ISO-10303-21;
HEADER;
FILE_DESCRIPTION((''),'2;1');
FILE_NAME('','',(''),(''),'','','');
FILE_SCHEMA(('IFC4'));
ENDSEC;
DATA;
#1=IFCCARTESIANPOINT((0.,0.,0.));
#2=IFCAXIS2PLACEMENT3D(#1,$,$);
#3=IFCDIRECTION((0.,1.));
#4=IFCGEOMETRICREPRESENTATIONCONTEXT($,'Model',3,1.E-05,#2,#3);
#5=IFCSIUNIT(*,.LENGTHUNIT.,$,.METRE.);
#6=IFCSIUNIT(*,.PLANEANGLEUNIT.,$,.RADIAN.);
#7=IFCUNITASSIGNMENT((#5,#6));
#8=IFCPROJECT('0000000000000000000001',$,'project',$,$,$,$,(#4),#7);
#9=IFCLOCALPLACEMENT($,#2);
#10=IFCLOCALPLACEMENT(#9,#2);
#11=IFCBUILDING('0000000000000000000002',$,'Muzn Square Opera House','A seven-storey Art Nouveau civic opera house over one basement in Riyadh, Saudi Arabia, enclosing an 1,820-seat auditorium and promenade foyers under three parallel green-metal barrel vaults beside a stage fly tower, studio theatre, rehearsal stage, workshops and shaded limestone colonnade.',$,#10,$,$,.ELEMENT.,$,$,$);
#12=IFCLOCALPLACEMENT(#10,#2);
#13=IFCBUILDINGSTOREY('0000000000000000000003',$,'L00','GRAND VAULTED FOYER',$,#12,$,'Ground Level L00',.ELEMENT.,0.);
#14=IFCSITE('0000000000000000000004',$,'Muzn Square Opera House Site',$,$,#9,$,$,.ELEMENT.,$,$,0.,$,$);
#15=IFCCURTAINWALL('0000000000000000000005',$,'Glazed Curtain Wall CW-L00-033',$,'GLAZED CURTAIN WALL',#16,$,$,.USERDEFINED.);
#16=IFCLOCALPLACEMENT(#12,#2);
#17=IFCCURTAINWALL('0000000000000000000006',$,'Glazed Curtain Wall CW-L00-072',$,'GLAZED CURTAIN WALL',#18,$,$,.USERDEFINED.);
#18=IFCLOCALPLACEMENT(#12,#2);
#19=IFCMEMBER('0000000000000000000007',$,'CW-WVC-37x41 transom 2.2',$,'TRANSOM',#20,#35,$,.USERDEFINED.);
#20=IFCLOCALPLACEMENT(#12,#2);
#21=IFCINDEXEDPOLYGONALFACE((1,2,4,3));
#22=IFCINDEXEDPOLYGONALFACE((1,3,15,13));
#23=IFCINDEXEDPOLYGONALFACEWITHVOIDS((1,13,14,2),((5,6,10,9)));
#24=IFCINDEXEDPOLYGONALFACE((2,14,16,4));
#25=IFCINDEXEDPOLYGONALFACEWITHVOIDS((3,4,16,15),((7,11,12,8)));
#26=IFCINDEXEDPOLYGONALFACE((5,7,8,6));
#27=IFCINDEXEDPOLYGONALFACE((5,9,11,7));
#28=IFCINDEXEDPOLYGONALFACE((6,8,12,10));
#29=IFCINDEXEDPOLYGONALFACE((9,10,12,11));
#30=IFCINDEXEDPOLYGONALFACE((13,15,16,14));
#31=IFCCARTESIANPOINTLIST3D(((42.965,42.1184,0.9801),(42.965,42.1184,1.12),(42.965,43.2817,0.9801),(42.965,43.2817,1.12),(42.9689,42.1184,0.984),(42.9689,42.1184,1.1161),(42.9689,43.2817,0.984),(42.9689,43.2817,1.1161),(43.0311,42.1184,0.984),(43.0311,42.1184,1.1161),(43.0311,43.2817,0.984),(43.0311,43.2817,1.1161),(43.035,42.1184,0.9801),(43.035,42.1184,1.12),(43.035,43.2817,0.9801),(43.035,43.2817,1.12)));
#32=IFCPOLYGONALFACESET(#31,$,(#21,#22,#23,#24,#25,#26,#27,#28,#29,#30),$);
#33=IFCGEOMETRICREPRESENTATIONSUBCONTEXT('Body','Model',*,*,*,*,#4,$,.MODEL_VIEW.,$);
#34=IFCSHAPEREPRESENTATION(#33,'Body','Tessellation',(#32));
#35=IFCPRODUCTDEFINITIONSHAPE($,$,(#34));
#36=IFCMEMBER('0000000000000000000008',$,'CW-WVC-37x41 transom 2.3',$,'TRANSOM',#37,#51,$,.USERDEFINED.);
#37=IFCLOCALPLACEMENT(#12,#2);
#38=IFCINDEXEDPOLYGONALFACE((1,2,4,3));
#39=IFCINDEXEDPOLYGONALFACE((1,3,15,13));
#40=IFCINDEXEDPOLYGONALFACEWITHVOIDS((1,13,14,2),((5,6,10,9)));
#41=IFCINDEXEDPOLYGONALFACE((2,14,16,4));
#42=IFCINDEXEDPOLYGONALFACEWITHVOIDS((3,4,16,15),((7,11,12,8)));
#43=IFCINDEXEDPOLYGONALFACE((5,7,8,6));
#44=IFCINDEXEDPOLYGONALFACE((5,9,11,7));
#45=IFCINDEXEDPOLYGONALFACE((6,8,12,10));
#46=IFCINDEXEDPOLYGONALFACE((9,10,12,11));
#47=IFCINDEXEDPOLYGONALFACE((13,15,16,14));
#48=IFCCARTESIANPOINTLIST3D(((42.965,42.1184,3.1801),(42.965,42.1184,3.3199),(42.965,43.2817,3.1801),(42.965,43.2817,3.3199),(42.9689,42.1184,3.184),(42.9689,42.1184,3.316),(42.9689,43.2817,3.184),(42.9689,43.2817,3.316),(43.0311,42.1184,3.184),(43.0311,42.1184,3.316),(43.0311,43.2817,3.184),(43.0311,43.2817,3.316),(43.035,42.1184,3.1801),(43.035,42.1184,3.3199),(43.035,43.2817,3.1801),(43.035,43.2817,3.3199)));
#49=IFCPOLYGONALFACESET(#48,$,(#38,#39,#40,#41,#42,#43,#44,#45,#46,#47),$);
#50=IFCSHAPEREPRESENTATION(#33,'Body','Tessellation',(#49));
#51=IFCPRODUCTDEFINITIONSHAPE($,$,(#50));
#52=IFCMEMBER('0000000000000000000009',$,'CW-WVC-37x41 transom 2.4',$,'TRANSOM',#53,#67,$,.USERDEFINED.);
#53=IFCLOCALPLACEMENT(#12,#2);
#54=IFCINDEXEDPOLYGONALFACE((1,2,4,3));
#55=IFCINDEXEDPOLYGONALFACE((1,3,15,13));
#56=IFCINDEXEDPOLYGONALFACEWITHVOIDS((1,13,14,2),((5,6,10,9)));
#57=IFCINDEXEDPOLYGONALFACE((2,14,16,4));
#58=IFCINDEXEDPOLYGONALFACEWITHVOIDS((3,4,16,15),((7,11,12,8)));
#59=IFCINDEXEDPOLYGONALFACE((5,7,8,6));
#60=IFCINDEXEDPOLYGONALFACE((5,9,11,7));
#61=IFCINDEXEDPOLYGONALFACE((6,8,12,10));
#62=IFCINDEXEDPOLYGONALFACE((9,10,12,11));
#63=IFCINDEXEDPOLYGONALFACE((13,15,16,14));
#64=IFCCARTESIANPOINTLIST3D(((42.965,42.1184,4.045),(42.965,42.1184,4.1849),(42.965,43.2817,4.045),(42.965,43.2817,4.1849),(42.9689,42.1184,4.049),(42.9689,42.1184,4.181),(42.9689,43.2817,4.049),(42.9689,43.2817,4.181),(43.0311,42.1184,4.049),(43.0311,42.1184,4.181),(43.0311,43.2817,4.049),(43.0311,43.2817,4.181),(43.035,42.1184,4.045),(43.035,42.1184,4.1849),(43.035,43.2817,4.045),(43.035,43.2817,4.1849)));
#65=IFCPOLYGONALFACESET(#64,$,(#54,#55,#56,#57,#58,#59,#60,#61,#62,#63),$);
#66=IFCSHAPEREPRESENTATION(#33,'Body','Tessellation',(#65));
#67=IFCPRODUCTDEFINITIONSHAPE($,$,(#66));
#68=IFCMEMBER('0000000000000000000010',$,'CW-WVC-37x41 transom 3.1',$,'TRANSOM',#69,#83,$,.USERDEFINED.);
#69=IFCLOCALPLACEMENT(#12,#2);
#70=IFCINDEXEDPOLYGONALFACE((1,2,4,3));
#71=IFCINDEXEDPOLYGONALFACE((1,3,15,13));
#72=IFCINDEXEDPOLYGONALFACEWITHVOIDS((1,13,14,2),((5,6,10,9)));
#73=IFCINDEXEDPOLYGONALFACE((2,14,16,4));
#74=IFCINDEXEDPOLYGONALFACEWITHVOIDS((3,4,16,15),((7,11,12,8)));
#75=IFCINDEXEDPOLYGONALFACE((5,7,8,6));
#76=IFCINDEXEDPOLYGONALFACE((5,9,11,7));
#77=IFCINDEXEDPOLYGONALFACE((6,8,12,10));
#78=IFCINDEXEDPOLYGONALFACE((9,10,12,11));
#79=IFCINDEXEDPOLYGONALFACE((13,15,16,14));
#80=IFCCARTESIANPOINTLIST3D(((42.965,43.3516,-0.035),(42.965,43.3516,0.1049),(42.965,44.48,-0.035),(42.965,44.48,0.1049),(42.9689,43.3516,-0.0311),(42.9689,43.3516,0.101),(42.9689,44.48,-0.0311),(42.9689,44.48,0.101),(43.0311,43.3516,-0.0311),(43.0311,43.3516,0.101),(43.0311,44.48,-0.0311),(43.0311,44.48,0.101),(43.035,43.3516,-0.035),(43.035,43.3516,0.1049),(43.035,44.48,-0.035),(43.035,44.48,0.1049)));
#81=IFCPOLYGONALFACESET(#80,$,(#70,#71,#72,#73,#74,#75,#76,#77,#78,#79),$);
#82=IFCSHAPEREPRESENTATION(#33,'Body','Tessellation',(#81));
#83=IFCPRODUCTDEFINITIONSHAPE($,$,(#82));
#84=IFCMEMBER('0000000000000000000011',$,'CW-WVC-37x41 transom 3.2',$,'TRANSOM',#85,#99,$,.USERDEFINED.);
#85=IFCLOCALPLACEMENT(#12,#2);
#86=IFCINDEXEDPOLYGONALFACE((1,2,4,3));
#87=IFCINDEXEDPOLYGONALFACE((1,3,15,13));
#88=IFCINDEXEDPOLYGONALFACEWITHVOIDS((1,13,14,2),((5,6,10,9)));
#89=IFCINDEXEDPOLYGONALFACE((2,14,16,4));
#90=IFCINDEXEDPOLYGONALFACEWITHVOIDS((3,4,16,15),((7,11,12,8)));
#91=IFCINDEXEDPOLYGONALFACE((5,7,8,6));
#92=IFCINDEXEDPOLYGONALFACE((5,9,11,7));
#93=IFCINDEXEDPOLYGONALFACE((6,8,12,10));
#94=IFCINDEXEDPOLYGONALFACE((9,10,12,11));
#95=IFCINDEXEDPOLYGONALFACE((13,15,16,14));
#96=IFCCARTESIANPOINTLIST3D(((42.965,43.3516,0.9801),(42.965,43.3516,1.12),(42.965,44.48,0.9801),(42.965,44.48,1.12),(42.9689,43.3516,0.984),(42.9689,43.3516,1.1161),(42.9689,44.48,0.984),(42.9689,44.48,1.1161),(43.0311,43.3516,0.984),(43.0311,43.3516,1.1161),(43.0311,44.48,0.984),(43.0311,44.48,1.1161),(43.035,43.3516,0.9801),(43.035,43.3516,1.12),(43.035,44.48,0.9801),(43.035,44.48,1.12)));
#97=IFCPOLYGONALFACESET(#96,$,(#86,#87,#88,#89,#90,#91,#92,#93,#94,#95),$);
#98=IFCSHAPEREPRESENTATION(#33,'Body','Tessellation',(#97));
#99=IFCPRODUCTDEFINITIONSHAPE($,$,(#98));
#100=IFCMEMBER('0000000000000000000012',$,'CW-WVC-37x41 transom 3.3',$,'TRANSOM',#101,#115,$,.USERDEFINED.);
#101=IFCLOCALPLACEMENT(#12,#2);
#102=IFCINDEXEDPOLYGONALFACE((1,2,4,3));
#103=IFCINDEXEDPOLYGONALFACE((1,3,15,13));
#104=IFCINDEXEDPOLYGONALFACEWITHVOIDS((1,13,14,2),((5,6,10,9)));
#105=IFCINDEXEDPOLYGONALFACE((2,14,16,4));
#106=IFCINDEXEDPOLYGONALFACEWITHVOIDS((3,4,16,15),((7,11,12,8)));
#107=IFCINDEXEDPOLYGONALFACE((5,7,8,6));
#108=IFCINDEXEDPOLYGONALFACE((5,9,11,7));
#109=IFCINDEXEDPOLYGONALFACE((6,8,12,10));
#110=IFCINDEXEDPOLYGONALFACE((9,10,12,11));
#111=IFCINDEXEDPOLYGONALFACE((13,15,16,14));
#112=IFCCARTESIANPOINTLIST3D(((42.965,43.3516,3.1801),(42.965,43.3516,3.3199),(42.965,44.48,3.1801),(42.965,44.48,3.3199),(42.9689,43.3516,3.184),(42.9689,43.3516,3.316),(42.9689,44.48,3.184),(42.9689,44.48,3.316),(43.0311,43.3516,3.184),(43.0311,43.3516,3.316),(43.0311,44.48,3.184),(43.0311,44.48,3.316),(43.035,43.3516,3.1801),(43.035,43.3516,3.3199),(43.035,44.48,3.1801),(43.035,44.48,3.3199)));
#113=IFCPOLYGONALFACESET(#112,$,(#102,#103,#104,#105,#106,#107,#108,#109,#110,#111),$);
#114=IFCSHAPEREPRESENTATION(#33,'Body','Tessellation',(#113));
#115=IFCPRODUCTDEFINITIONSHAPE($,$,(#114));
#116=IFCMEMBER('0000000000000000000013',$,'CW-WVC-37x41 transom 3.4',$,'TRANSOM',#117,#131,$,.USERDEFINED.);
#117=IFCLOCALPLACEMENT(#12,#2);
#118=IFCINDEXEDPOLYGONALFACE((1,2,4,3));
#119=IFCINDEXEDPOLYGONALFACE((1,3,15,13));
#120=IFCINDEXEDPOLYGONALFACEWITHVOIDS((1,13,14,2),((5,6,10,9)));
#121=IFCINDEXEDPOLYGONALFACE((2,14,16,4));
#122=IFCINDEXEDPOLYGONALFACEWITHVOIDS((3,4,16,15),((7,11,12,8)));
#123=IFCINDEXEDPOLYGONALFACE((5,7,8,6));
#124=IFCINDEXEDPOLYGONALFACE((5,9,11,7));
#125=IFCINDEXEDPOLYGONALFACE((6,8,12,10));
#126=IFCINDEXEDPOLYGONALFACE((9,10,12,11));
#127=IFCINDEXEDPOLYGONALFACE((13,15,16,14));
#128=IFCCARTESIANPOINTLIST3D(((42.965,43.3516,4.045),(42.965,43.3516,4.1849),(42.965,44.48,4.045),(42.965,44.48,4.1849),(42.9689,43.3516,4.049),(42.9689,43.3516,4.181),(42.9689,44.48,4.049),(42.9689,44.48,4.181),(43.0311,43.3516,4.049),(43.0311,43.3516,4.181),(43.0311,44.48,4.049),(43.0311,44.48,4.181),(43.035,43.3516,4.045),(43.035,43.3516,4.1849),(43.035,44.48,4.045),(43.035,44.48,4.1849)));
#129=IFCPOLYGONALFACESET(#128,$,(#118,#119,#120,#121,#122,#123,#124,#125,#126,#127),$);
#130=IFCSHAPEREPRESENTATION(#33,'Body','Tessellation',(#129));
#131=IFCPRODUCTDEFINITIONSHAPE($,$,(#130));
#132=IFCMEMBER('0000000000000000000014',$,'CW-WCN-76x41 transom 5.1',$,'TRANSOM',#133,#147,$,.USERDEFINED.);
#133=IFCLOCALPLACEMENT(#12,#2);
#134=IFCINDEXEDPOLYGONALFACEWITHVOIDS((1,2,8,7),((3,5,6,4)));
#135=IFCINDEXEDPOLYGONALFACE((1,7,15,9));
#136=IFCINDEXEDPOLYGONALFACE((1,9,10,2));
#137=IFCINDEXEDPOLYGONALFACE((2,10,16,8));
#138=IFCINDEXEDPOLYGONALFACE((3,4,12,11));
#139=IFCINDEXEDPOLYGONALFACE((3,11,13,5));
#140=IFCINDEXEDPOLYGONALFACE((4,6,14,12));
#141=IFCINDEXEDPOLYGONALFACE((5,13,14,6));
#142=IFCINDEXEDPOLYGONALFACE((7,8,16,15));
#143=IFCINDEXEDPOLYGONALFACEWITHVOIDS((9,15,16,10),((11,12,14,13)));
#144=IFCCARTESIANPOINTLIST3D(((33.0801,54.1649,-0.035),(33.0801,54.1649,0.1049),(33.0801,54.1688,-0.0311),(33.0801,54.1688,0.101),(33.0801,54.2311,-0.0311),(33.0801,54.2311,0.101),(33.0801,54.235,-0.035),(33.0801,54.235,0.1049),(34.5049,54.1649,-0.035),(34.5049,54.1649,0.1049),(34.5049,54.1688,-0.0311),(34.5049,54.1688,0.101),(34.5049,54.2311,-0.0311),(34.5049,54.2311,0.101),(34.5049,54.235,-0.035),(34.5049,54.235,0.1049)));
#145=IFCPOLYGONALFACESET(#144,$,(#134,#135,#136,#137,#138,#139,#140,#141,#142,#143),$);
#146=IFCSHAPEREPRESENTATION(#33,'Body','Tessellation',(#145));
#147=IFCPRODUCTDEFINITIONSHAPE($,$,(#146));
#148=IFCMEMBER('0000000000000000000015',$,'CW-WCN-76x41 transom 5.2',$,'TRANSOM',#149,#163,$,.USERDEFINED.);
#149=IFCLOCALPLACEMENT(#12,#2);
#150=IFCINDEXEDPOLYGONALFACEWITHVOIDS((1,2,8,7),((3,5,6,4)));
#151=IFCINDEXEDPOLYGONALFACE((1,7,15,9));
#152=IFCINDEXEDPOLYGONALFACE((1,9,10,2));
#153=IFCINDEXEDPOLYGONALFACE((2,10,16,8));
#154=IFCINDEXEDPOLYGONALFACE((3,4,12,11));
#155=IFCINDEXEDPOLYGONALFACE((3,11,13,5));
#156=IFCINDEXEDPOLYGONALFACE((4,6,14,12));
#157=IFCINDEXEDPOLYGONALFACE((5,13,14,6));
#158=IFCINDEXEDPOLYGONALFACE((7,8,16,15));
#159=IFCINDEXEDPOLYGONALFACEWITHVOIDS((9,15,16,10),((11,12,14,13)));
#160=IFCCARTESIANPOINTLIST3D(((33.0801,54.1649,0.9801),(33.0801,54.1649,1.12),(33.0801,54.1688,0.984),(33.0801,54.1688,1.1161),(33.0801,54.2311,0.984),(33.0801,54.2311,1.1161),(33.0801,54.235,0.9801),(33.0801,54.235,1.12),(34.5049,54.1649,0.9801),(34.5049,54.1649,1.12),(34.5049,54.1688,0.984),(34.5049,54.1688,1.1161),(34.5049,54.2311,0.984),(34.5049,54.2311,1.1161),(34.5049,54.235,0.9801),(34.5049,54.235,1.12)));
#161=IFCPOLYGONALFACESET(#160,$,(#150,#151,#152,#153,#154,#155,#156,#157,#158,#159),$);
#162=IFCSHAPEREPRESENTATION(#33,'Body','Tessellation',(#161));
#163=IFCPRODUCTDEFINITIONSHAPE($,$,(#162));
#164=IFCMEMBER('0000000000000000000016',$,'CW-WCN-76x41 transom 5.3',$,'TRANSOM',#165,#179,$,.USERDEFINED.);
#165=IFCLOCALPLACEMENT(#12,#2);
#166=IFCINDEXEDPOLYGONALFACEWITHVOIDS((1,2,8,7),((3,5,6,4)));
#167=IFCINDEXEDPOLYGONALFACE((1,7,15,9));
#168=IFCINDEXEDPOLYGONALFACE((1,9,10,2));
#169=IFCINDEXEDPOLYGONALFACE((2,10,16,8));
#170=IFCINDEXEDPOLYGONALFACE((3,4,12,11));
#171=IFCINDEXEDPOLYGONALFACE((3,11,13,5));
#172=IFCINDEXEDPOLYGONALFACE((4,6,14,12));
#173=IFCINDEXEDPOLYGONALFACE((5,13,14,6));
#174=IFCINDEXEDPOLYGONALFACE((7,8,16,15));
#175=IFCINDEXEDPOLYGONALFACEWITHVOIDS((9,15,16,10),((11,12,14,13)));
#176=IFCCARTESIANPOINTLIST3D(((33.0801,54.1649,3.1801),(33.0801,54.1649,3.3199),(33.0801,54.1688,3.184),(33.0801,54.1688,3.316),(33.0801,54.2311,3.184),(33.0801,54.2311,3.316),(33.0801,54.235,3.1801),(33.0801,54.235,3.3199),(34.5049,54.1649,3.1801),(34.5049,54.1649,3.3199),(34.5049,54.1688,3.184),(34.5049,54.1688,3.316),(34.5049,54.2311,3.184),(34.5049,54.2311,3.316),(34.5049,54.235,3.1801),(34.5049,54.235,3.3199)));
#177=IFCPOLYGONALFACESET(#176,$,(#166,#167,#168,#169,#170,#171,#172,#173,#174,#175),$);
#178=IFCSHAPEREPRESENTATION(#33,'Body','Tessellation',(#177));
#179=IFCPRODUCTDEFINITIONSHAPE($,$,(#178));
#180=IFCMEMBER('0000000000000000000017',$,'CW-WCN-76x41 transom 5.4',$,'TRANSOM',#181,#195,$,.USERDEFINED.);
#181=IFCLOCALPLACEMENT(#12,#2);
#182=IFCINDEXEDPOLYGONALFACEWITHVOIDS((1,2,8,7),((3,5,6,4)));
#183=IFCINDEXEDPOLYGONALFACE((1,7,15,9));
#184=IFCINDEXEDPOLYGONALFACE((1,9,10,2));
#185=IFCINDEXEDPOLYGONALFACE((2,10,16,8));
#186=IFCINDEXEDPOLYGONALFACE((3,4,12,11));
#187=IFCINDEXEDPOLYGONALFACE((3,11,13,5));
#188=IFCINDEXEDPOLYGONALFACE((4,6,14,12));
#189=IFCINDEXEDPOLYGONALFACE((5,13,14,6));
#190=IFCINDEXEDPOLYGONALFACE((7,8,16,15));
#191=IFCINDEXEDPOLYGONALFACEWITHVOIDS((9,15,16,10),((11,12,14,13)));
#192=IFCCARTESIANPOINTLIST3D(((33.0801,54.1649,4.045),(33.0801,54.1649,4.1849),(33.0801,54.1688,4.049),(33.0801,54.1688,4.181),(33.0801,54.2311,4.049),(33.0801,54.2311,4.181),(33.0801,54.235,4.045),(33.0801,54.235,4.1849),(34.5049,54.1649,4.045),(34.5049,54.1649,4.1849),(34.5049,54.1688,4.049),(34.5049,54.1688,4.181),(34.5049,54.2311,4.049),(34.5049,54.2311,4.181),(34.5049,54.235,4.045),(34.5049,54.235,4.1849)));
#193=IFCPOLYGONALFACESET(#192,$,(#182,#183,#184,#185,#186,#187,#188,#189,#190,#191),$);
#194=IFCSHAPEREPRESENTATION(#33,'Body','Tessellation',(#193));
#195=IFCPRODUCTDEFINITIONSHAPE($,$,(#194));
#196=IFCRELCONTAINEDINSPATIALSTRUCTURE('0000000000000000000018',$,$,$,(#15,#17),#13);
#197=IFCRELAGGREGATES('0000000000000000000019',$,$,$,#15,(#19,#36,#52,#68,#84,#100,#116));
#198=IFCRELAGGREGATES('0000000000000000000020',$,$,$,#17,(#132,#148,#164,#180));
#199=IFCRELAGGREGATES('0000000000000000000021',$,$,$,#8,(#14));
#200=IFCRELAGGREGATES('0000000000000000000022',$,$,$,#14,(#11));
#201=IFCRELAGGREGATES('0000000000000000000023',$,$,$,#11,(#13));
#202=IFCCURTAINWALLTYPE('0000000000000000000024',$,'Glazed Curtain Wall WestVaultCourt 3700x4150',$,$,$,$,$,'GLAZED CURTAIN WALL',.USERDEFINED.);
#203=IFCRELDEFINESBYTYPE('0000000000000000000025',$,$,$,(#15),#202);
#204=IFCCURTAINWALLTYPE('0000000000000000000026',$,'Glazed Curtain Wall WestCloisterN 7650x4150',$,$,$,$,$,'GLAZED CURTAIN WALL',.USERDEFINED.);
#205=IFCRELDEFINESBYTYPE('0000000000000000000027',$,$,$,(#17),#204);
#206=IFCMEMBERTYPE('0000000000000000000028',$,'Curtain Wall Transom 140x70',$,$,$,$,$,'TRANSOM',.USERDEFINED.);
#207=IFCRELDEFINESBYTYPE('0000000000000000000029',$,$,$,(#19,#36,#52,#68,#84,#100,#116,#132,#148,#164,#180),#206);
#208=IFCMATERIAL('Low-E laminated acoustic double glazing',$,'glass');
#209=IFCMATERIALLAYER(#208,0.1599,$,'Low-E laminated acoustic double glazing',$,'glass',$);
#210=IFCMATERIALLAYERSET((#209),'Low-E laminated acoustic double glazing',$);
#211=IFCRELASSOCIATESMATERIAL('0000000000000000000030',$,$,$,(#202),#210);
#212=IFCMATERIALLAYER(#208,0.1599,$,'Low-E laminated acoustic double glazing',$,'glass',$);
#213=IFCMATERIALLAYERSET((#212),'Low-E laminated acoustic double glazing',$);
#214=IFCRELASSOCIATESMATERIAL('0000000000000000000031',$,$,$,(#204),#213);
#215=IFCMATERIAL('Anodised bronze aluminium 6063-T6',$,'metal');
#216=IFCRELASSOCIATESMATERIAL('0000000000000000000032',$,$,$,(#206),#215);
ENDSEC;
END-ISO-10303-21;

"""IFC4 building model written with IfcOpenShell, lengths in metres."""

from ifc_helpers import new_model, si_unit, direction, frame, origin, origin_2d, place, context, subcontext, project, spatial, hollow_rectangle, extrude, material, layer, layer_set, material_profile, profile_set, type_object, element, aggregate, save


model = new_model("IFC4")

# Units and contexts
model_context = context("Model", 3, precision=1e-05, world=origin(), true_north=direction((0.0, 1.0)))
body_context = subcontext(model_context, "Body", "Model", "MODEL_VIEW")
ifc_project = project(units=[si_unit("LENGTHUNIT", "METRE"), si_unit("PLANEANGLEUNIT", "RADIAN")], contexts=[model_context])

# Site, building, storey
site_placement = place(None, origin())
site = spatial("IfcSite", under=ifc_project, at=site_placement, Name="Muzn Square Opera House Site", CompositionType="ELEMENT", RefElevation=0.0)
building_placement = place(site_placement, origin())
building = spatial("IfcBuilding", under=site, at=building_placement, Name="Muzn Square Opera House", Description="A seven-storey Art Nouveau civic opera house over one basement in Riyadh, Saudi Arabia, enclosing an 1,820-seat auditorium and promenade foyers under three parallel green-metal barrel vaults beside a stage fly tower, studio theatre, rehearsal stage, workshops and shaded limestone colonnade.", CompositionType="ELEMENT")
storey_placement = place(building_placement, origin())
storey = spatial("IfcBuildingStorey", under=building, at=storey_placement, Name="L00", Description="GRAND VAULTED FOYER", LongName="Ground Level L00", CompositionType="ELEMENT", Elevation=0.0)

# Curtain walls
ifc_material_1 = material(Name="Low-E laminated acoustic double glazing", Category="glass")
ifc_layer_1 = layer(ifc_material_1, 0.1599, Name="Low-E laminated acoustic double glazing", Category="glass")
ifc_layer_set_1 = layer_set([ifc_layer_1], Name="Low-E laminated acoustic double glazing")
curtain_wall_type_1 = type_object("IfcCurtainWallType", Name="Glazed Curtain Wall WestVaultCourt 3700x4150", ElementType="GLAZED CURTAIN WALL", PredefinedType="USERDEFINED", material=ifc_layer_set_1)
curtain_wall_1_placement = place(storey_placement, origin())
curtain_wall_1 = element("IfcCurtainWall", 1, at=curtain_wall_1_placement, inside=storey, type_object=curtain_wall_type_1, Name="Glazed Curtain Wall CW-L00-033", ObjectType="GLAZED CURTAIN WALL", PredefinedType="USERDEFINED")
ifc_material_2 = material(Name="Anodised bronze aluminium 6063-T6", Category="metal")
ifc_layer_2 = layer(ifc_material_1, 0.1599, Name="Low-E laminated acoustic double glazing", Category="glass")
ifc_layer_set_2 = layer_set([ifc_layer_2], Name="Low-E laminated acoustic double glazing")
curtain_wall_type_2 = type_object("IfcCurtainWallType", Name="Glazed Curtain Wall WestCloisterN 7650x4150", ElementType="GLAZED CURTAIN WALL", PredefinedType="USERDEFINED", material=ifc_layer_set_2)
curtain_wall_2_placement = place(storey_placement, origin())
curtain_wall_2 = element("IfcCurtainWall", 2, at=curtain_wall_2_placement, inside=storey, type_object=curtain_wall_type_2, Name="Glazed Curtain Wall CW-L00-072", ObjectType="GLAZED CURTAIN WALL", PredefinedType="USERDEFINED")

# Members
ifc_material_profile_1 = material_profile(ifc_material_2, hollow_rectangle(XDim=0.0701, YDim=0.1399, WallThickness=0.0039, at=origin_2d()), Name="ALU 140x70x4", Category="metal")
ifc_profile_set_1 = profile_set([ifc_material_profile_1], Name="Anodised bronze aluminium 6063-T6")
member_type_1 = type_object("IfcMemberType", Name="Curtain Wall Transom 140x70", ElementType="TRANSOM", PredefinedType="USERDEFINED", material=ifc_profile_set_1)
member_1_placement = place(storey_placement, frame((43.0, 42.1184, 1.05), z_axis=(0.0, 1.0, 0.0), x_axis=(-1.0, 0.0, 0.0)))
member_1 = element("IfcMember", 3, at=member_1_placement, type_object=member_type_1, Name="CW-WVC-37x41 transom 2.2", ObjectType="TRANSOM", PredefinedType="USERDEFINED", context=body_context, shape_type="SweptSolid", body=[
    extrude(hollow_rectangle(XDim=0.0701, YDim=0.1399, WallThickness=0.0039, at=origin_2d()), origin(), (0.0, 0.0, 1.0), 1.1633),
])
member_2_placement = place(storey_placement, frame((43.0, 42.1184, 3.25), z_axis=(0.0, 1.0, 0.0), x_axis=(-1.0, 0.0, 0.0)))
member_2 = element("IfcMember", 4, at=member_2_placement, type_object=member_type_1, Name="CW-WVC-37x41 transom 2.3", ObjectType="TRANSOM", PredefinedType="USERDEFINED", context=body_context, shape_type="SweptSolid", body=[
    extrude(hollow_rectangle(XDim=0.0701, YDim=0.1399, WallThickness=0.0039, at=origin_2d()), origin(), (0.0, 0.0, 1.0), 1.1633),
])
member_3_placement = place(storey_placement, frame((43.0, 42.1184, 4.115), z_axis=(0.0, 1.0, 0.0), x_axis=(-1.0, 0.0, 0.0)))
member_3 = element("IfcMember", 5, at=member_3_placement, type_object=member_type_1, Name="CW-WVC-37x41 transom 2.4", ObjectType="TRANSOM", PredefinedType="USERDEFINED", context=body_context, shape_type="SweptSolid", body=[
    extrude(hollow_rectangle(XDim=0.0701, YDim=0.1399, WallThickness=0.0039, at=origin_2d()), origin(), (0.0, 0.0, 1.0), 1.1633),
])
member_4_placement = place(storey_placement, frame((43.0, 43.3516, 0.0349), z_axis=(0.0, 1.0, 0.0), x_axis=(-1.0, 0.0, 0.0)))
member_4 = element("IfcMember", 6, at=member_4_placement, type_object=member_type_1, Name="CW-WVC-37x41 transom 3.1", ObjectType="TRANSOM", PredefinedType="USERDEFINED", context=body_context, shape_type="SweptSolid", body=[
    extrude(hollow_rectangle(XDim=0.0701, YDim=0.1399, WallThickness=0.0039, at=origin_2d()), origin(), (0.0, 0.0, 1.0), 1.1284),
])
member_5_placement = place(storey_placement, frame((43.0, 43.3516, 1.05), z_axis=(0.0, 1.0, 0.0), x_axis=(-1.0, 0.0, 0.0)))
member_5 = element("IfcMember", 7, at=member_5_placement, type_object=member_type_1, Name="CW-WVC-37x41 transom 3.2", ObjectType="TRANSOM", PredefinedType="USERDEFINED", context=body_context, shape_type="SweptSolid", body=[
    extrude(hollow_rectangle(XDim=0.0701, YDim=0.1399, WallThickness=0.0039, at=origin_2d()), origin(), (0.0, 0.0, 1.0), 1.1284),
])
member_6_placement = place(storey_placement, frame((43.0, 43.3516, 3.25), z_axis=(0.0, 1.0, 0.0), x_axis=(-1.0, 0.0, 0.0)))
member_6 = element("IfcMember", 8, at=member_6_placement, type_object=member_type_1, Name="CW-WVC-37x41 transom 3.3", ObjectType="TRANSOM", PredefinedType="USERDEFINED", context=body_context, shape_type="SweptSolid", body=[
    extrude(hollow_rectangle(XDim=0.0701, YDim=0.1399, WallThickness=0.0039, at=origin_2d()), origin(), (0.0, 0.0, 1.0), 1.1284),
])
member_7_placement = place(storey_placement, frame((43.0, 43.3516, 4.115), z_axis=(0.0, 1.0, 0.0), x_axis=(-1.0, 0.0, 0.0)))
member_7 = element("IfcMember", 9, at=member_7_placement, type_object=member_type_1, Name="CW-WVC-37x41 transom 3.4", ObjectType="TRANSOM", PredefinedType="USERDEFINED", context=body_context, shape_type="SweptSolid", body=[
    extrude(hollow_rectangle(XDim=0.0701, YDim=0.1399, WallThickness=0.0039, at=origin_2d()), origin(), (0.0, 0.0, 1.0), 1.1284),
])
member_8_placement = place(storey_placement, frame((33.0801, 54.2, 0.0349), z_axis=(1.0, 0.0, 0.0), x_axis=(0.0, 1.0, 0.0)))
member_8 = element("IfcMember", 10, at=member_8_placement, type_object=member_type_1, Name="CW-WCN-76x41 transom 5.1", ObjectType="TRANSOM", PredefinedType="USERDEFINED", context=body_context, shape_type="SweptSolid", body=[
    extrude(hollow_rectangle(XDim=0.0701, YDim=0.1399, WallThickness=0.0039, at=origin_2d()), origin(), (0.0, 0.0, 1.0), 1.4248),
])
member_9_placement = place(storey_placement, frame((33.0801, 54.2, 1.05), z_axis=(1.0, 0.0, 0.0), x_axis=(0.0, 1.0, 0.0)))
member_9 = element("IfcMember", 11, at=member_9_placement, type_object=member_type_1, Name="CW-WCN-76x41 transom 5.2", ObjectType="TRANSOM", PredefinedType="USERDEFINED", context=body_context, shape_type="SweptSolid", body=[
    extrude(hollow_rectangle(XDim=0.0701, YDim=0.1399, WallThickness=0.0039, at=origin_2d()), origin(), (0.0, 0.0, 1.0), 1.4248),
])
member_10_placement = place(storey_placement, frame((33.0801, 54.2, 3.25), z_axis=(1.0, 0.0, 0.0), x_axis=(0.0, 1.0, 0.0)))
member_10 = element("IfcMember", 12, at=member_10_placement, type_object=member_type_1, Name="CW-WCN-76x41 transom 5.3", ObjectType="TRANSOM", PredefinedType="USERDEFINED", context=body_context, shape_type="SweptSolid", body=[
    extrude(hollow_rectangle(XDim=0.0701, YDim=0.1399, WallThickness=0.0039, at=origin_2d()), origin(), (0.0, 0.0, 1.0), 1.4248),
])
member_11_placement = place(storey_placement, frame((33.0801, 54.2, 4.115), z_axis=(1.0, 0.0, 0.0), x_axis=(0.0, 1.0, 0.0)))
member_11 = element("IfcMember", 13, at=member_11_placement, type_object=member_type_1, Name="CW-WCN-76x41 transom 5.4", ObjectType="TRANSOM", PredefinedType="USERDEFINED", context=body_context, shape_type="SweptSolid", body=[
    extrude(hollow_rectangle(XDim=0.0701, YDim=0.1399, WallThickness=0.0039, at=origin_2d()), origin(), (0.0, 0.0, 1.0), 1.4248),
])

aggregate(curtain_wall_1, [member_1, member_2, member_3, member_4, member_5, member_6, member_7])
aggregate(curtain_wall_2, [member_8, member_9, member_10, member_11])

save(model, "model.ifc")
